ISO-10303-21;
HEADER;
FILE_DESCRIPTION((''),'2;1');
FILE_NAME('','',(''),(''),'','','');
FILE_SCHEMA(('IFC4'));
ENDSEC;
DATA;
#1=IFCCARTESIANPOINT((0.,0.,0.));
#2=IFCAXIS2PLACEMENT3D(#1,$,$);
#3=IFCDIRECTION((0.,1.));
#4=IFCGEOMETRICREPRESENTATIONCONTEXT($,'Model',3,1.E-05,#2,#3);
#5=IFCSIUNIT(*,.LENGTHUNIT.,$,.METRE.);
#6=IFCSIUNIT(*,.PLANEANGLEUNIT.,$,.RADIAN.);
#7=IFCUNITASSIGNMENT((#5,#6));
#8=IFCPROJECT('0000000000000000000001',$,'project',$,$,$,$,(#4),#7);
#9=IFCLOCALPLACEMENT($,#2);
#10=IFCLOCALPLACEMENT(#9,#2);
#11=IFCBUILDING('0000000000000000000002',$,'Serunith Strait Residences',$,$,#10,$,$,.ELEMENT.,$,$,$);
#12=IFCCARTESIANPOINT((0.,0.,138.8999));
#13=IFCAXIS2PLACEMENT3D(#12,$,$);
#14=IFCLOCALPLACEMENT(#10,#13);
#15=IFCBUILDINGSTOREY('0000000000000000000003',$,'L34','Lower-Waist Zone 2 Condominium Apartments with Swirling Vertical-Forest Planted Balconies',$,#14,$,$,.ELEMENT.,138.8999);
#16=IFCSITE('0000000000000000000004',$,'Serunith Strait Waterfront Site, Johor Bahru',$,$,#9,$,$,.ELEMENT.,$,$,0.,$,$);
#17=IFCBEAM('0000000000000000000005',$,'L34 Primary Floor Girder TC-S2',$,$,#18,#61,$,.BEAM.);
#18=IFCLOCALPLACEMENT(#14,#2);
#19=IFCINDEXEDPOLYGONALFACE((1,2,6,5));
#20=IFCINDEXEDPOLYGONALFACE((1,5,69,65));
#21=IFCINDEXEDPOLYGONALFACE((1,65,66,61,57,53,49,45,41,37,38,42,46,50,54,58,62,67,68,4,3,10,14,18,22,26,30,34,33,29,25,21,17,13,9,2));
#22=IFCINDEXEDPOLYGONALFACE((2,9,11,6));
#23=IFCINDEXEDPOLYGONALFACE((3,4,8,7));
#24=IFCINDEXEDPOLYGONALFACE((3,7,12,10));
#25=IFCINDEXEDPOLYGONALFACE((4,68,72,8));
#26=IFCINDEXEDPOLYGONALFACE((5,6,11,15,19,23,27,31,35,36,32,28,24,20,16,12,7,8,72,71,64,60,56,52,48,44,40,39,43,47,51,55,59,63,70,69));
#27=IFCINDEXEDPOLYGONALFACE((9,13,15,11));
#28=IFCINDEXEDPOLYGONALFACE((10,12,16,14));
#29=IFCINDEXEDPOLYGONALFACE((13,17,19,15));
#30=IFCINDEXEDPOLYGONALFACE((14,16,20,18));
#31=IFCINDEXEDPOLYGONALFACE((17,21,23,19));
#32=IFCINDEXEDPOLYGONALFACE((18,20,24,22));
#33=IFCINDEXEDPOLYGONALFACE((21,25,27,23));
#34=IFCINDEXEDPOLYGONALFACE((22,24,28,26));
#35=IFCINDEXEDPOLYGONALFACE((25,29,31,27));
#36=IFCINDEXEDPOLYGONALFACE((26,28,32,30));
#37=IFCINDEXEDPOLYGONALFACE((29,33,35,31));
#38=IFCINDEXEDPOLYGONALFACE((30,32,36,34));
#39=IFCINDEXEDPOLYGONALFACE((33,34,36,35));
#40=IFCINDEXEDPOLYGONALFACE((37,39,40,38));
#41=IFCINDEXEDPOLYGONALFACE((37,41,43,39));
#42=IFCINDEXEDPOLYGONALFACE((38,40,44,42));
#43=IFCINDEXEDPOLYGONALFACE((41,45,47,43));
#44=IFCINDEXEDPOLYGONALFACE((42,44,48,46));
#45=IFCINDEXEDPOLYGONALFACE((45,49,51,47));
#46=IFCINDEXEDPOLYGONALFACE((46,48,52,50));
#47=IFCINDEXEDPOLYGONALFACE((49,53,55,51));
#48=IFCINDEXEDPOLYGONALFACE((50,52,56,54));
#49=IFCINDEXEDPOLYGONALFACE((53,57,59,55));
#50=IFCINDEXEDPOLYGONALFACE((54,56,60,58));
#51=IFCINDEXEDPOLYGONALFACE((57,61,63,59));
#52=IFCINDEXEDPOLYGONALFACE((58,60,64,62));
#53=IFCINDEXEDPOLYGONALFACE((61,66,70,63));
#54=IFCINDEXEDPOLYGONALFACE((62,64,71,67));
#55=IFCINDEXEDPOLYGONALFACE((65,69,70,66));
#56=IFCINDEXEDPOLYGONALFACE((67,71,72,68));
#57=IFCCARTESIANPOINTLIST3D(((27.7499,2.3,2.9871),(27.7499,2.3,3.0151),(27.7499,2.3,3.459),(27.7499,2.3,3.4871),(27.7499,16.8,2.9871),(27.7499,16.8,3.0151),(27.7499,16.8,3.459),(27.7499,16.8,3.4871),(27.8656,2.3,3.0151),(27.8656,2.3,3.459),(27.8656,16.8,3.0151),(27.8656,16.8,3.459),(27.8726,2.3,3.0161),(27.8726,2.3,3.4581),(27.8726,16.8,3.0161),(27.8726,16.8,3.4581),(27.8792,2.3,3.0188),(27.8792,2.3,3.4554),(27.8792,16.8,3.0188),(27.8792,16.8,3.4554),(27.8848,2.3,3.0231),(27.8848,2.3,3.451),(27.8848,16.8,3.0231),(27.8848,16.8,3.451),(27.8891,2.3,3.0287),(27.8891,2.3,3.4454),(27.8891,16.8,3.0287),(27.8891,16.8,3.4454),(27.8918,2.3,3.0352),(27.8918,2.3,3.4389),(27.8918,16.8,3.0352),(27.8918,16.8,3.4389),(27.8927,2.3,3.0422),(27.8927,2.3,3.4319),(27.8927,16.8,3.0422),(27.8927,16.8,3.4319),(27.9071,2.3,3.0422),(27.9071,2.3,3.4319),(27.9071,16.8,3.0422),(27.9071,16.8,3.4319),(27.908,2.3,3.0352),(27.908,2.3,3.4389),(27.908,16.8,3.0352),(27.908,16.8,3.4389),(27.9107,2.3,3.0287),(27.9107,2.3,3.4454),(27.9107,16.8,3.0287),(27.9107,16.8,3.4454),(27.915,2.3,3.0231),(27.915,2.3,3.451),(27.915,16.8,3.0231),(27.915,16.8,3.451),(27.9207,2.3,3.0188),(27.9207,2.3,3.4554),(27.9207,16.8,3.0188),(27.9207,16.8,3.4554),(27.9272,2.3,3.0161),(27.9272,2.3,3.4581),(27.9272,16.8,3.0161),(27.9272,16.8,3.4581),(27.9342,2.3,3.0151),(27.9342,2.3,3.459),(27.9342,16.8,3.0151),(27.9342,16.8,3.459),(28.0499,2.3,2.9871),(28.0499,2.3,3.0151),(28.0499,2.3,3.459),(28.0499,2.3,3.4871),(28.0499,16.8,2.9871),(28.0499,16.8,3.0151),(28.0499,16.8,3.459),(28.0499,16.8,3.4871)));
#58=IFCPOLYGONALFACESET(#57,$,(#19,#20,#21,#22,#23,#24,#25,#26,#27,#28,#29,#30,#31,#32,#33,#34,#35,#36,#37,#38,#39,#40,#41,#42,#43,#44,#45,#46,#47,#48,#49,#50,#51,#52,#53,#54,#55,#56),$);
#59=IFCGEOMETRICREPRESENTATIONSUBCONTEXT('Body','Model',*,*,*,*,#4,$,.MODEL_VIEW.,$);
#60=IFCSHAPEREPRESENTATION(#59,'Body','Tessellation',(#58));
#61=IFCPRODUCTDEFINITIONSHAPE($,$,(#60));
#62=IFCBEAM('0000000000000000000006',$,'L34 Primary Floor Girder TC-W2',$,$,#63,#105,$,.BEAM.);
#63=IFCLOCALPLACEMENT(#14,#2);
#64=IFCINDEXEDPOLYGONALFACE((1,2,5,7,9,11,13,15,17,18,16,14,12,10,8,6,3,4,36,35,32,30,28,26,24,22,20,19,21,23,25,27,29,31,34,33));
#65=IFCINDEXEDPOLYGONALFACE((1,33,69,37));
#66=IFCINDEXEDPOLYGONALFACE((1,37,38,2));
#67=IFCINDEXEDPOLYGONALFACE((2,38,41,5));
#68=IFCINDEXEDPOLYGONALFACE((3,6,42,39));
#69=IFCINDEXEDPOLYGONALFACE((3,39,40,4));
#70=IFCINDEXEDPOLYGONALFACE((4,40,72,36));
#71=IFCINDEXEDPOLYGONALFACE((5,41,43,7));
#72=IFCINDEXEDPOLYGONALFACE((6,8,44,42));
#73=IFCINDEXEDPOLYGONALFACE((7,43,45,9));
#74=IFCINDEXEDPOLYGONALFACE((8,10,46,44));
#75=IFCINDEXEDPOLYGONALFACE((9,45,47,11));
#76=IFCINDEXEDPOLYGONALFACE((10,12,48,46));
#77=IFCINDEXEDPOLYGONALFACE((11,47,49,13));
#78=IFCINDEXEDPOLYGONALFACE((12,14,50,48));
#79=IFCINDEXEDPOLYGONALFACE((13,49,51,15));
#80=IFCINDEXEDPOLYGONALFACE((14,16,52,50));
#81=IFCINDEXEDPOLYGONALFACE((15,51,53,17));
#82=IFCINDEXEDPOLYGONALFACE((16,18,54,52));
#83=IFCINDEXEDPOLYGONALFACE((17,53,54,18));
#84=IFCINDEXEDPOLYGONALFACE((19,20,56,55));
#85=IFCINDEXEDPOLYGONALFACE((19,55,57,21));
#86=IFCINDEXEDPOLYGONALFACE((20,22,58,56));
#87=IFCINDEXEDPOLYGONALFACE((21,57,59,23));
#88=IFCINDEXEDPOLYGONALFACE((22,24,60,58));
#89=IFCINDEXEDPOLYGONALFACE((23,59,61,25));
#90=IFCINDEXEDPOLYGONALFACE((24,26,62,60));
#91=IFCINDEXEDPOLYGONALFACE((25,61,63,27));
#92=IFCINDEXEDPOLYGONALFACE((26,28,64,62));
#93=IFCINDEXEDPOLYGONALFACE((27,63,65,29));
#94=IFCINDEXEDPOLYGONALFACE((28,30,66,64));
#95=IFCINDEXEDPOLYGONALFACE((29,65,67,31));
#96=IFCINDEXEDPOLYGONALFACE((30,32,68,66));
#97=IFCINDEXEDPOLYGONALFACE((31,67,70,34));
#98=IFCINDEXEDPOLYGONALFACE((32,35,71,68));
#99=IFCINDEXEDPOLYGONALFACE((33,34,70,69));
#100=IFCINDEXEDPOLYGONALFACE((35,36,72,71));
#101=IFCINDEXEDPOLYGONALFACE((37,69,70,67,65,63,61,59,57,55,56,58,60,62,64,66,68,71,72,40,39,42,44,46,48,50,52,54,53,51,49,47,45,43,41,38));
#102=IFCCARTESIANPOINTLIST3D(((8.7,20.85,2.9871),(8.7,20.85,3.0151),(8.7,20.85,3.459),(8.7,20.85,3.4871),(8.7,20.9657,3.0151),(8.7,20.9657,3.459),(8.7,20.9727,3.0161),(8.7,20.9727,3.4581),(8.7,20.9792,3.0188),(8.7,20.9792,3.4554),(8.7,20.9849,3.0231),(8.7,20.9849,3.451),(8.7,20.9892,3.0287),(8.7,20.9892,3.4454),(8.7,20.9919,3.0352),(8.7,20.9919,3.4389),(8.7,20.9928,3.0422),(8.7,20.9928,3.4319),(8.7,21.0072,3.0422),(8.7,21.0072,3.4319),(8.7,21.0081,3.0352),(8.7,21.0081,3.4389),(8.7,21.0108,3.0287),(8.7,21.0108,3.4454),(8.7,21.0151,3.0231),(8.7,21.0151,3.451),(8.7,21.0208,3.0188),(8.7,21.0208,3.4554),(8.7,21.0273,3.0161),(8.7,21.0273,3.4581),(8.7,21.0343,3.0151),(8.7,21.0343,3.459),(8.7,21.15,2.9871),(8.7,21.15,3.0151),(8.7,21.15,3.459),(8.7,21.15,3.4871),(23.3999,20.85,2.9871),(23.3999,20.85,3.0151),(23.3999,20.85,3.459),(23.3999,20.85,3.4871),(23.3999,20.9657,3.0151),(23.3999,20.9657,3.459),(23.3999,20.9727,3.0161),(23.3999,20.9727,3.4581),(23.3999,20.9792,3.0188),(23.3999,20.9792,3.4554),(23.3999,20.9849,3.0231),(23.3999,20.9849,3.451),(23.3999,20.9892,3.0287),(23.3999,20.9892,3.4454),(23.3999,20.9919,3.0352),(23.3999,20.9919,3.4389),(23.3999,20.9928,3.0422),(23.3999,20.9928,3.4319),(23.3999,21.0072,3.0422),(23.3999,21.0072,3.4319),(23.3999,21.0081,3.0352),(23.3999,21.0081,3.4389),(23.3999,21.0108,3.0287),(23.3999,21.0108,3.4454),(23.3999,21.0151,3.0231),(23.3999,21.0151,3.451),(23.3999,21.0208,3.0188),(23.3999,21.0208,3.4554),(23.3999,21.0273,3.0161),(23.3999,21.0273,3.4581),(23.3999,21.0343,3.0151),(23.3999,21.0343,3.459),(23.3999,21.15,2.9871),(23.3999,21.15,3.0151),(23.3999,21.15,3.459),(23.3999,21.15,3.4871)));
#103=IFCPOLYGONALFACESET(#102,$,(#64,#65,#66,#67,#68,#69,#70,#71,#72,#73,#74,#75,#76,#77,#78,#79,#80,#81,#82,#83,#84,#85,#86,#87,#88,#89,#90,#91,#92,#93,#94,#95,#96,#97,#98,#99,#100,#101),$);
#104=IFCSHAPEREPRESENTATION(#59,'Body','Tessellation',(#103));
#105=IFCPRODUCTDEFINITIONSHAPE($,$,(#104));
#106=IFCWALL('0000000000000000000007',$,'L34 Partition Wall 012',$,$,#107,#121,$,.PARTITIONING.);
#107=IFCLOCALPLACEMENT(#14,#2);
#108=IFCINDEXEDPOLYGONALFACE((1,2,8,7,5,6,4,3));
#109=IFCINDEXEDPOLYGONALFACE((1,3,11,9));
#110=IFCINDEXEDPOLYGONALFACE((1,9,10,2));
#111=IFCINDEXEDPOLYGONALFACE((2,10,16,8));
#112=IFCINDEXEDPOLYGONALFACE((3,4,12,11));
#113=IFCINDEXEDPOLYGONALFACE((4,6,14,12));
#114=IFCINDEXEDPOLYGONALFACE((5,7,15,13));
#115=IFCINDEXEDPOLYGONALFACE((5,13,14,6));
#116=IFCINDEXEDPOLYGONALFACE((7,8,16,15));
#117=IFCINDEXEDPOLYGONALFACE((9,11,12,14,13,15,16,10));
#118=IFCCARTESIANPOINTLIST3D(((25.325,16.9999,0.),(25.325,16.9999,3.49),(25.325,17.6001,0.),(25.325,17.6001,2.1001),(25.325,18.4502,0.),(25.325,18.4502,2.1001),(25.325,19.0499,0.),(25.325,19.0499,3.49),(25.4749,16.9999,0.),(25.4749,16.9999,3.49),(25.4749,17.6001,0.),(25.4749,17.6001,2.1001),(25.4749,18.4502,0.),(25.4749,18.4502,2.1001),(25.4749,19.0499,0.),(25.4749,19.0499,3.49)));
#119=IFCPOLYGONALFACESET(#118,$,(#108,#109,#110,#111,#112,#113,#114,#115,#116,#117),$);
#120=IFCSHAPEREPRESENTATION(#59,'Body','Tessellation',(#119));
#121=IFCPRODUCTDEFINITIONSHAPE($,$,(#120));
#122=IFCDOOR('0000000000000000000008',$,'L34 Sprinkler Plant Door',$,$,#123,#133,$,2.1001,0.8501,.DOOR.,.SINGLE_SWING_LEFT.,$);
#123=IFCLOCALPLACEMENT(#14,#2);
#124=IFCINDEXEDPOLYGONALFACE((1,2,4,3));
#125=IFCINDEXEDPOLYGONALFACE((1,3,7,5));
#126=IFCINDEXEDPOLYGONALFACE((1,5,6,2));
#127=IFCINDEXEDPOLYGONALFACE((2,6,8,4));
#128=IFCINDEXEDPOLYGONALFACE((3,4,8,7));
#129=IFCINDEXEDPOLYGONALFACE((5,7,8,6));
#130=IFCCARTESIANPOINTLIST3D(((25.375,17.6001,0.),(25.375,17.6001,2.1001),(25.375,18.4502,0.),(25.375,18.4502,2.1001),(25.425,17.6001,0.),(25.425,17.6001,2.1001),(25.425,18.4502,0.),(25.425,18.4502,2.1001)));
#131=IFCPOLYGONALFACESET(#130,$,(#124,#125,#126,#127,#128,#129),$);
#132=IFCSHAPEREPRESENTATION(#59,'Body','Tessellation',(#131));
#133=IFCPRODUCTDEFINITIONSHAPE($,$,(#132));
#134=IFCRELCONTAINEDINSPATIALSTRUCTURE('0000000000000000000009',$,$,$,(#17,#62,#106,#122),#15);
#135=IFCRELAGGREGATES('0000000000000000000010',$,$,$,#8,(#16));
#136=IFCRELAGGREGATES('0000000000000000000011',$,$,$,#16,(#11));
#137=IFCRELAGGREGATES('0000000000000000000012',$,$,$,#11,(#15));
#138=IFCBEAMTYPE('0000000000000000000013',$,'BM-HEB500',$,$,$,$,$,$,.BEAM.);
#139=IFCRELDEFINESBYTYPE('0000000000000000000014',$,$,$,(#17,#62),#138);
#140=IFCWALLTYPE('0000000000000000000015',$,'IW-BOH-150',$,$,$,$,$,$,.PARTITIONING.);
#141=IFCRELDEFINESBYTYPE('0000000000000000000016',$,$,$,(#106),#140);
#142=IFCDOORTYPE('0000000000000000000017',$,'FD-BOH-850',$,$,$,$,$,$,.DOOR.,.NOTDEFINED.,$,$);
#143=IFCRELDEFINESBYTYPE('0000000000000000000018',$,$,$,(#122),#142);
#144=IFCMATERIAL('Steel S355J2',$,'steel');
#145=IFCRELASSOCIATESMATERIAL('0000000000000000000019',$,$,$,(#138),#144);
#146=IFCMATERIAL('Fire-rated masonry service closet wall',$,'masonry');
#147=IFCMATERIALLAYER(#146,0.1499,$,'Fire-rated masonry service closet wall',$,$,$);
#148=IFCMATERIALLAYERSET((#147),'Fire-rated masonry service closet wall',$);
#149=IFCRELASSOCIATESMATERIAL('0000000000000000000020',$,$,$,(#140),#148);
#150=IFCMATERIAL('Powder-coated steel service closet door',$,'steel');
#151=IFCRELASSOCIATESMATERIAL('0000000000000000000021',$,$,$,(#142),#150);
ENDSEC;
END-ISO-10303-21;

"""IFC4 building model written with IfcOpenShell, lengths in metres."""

from ifc_helpers import new_model, si_unit, direction, frame, frame_2d, origin, origin_2d, place, context, subcontext, project, spatial, rectangle, i_section, extrude, source, transform, mapped, material, layer, layer_set, material_profile, profile_set, type_object, element, fill, save


model = new_model("IFC4")

# Units and contexts
model_context = context("Model", 3, precision=1e-05, world=origin(), true_north=direction((0.0, 1.0)))
body_context = subcontext(model_context, "Body", "Model", "MODEL_VIEW")
ifc_project = project(units=[si_unit("LENGTHUNIT", "METRE"), si_unit("PLANEANGLEUNIT", "RADIAN")], contexts=[model_context])

# Site, building, storey
site_placement = place(None, origin())
site = spatial("IfcSite", under=ifc_project, at=site_placement, Name="Serunith Strait Waterfront Site, Johor Bahru", CompositionType="ELEMENT", RefElevation=0.0)
building_placement = place(site_placement, origin())
building = spatial("IfcBuilding", under=site, at=building_placement, Name="Serunith Strait Residences", CompositionType="ELEMENT")
storey_placement = place(building_placement, frame((0.0, 0.0, 138.8999)))
storey = spatial("IfcBuildingStorey", under=building, at=storey_placement, Name="L34", Description="Lower-Waist Zone 2 Condominium Apartments with Swirling Vertical-Forest Planted Balconies", CompositionType="ELEMENT", Elevation=138.8999)

# Beams
ifc_material_1 = material(Name="Steel S355J2", Category="steel")
ifc_material_profile = material_profile(ifc_material_1, i_section(OverallWidth=0.3, OverallDepth=0.5, WebThickness=0.0144, FlangeThickness=0.0281, FilletRadius=0.0271, at=origin_2d()), Name="HEB 500")
ifc_profile_set = profile_set([ifc_material_profile], Name="Steel S355J2")
beam_type = type_object("IfcBeamType", Name="BM-HEB500", PredefinedType="BEAM", material=ifc_profile_set)
shared_shape_1 = source(origin(), body_context, "Body", "SweptSolid", [
    extrude(i_section(OverallWidth=0.3, OverallDepth=0.5, WebThickness=0.0144, FlangeThickness=0.0281, FilletRadius=0.0271, at=origin_2d()), origin(), (0.0, 0.0, 1.0), 14.5),
])
beam_1_placement = place(storey_placement, frame((27.8999, 16.8, 3.2371), z_axis=(0.0, -1.0, 0.0), x_axis=(1.0, 0.0, 0.0)))
element("IfcBeam", 1, at=beam_1_placement, inside=storey, type_object=beam_type, Name="L34 Primary Floor Girder TC-S2", PredefinedType="BEAM", context=body_context, shape_type="MappedRepresentation", body=[
    mapped(shared_shape_1, transform((0.0, 0.0, 0.0), scale=1.0)),
])
shared_shape_2 = source(origin(), body_context, "Body", "SweptSolid", [
    extrude(i_section(OverallWidth=0.3, OverallDepth=0.5, WebThickness=0.0144, FlangeThickness=0.0281, FilletRadius=0.0271, at=origin_2d()), origin(), (0.0, 0.0, 1.0), 14.7),
])
beam_2_placement = place(storey_placement, frame((23.3999, 21.0, 3.2371), z_axis=(-1.0, 0.0, 0.0), x_axis=(0.0, -1.0, 0.0)))
element("IfcBeam", 2, at=beam_2_placement, inside=storey, type_object=beam_type, Name="L34 Primary Floor Girder TC-W2", PredefinedType="BEAM", context=body_context, shape_type="MappedRepresentation", body=[
    mapped(shared_shape_2, transform((0.0, 0.0, 0.0), scale=1.0)),
])

# Wall, opening, door
ifc_material_2 = material(Name="Fire-rated masonry service closet wall", Category="masonry")
ifc_layer_1 = layer(ifc_material_2, 0.1499, Name="Fire-rated masonry service closet wall")
ifc_layer_set_1 = layer_set([ifc_layer_1], Name="Fire-rated masonry service closet wall")
wall_type_1 = type_object("IfcWallType", Name="IW-BOH-150", PredefinedType="PARTITIONING", material=ifc_layer_set_1)
wall_1_placement = place(storey_placement, frame((25.3999, 17.0, 0.0), z_axis=(0.0, 0.0, 1.0), x_axis=(0.0, 1.0, 0.0)))
wall_1 = element("IfcWall", 3, at=wall_1_placement, inside=storey, type_object=wall_type_1, Name="L34 Partition Wall 012", PredefinedType="PARTITIONING", context=body_context, shape_type="SweptSolid", body=[
    extrude(rectangle(XDim=2.05, YDim=0.1499, at=frame_2d((1.0249, 0.0))), origin(), (0.0, 0.0, 1.0), 3.49),
])
opening_1_placement = place(wall_1_placement, frame((0.6001, 0.0, 0.0)))
opening_1 = element("IfcOpeningElement", 4, at=opening_1_placement, cuts=wall_1, PredefinedType="OPENING", context=body_context, shape_type="SweptSolid", body=[
    extrude(rectangle(XDim=0.8501, YDim=2.1001, at=frame_2d((0.425, 1.05))), frame((0.0, 0.085, 0.0), z_axis=(0.0, -1.0, 0.0), x_axis=(1.0, 0.0, 0.0)), (0.0, 0.0, 1.0), 0.1699),
])
ifc_material_3 = material(Name="Powder-coated steel service closet door", Category="steel")
door_type_1 = type_object("IfcDoorType", Name="FD-BOH-850", OperationType="NOTDEFINED", PredefinedType="DOOR", material=ifc_material_3)
shared_shape_3 = source(origin(), body_context, "Body", "SweptSolid", [
    extrude(rectangle(XDim=0.8501, YDim=2.1001, at=frame_2d((0.425, 1.05))), frame((0.0, 0.0249, 0.0), z_axis=(0.0, -1.0, 0.0), x_axis=(1.0, 0.0, 0.0)), (0.0, 0.0, 1.0), 0.05),
])
door_1_placement = place(opening_1_placement, origin())
door_1 = element("IfcDoor", 5, at=door_1_placement, inside=storey, type_object=door_type_1, Name="L34 Sprinkler Plant Door", OperationType="SINGLE_SWING_LEFT", OverallHeight=2.1001, OverallWidth=0.8501, PredefinedType="DOOR", context=body_context, shape_type="MappedRepresentation", body=[
    mapped(shared_shape_3, transform((0.0, 0.0, 0.0), scale=1.0)),
])
fill(opening_1, door_1)

save(model, "model.ifc")
